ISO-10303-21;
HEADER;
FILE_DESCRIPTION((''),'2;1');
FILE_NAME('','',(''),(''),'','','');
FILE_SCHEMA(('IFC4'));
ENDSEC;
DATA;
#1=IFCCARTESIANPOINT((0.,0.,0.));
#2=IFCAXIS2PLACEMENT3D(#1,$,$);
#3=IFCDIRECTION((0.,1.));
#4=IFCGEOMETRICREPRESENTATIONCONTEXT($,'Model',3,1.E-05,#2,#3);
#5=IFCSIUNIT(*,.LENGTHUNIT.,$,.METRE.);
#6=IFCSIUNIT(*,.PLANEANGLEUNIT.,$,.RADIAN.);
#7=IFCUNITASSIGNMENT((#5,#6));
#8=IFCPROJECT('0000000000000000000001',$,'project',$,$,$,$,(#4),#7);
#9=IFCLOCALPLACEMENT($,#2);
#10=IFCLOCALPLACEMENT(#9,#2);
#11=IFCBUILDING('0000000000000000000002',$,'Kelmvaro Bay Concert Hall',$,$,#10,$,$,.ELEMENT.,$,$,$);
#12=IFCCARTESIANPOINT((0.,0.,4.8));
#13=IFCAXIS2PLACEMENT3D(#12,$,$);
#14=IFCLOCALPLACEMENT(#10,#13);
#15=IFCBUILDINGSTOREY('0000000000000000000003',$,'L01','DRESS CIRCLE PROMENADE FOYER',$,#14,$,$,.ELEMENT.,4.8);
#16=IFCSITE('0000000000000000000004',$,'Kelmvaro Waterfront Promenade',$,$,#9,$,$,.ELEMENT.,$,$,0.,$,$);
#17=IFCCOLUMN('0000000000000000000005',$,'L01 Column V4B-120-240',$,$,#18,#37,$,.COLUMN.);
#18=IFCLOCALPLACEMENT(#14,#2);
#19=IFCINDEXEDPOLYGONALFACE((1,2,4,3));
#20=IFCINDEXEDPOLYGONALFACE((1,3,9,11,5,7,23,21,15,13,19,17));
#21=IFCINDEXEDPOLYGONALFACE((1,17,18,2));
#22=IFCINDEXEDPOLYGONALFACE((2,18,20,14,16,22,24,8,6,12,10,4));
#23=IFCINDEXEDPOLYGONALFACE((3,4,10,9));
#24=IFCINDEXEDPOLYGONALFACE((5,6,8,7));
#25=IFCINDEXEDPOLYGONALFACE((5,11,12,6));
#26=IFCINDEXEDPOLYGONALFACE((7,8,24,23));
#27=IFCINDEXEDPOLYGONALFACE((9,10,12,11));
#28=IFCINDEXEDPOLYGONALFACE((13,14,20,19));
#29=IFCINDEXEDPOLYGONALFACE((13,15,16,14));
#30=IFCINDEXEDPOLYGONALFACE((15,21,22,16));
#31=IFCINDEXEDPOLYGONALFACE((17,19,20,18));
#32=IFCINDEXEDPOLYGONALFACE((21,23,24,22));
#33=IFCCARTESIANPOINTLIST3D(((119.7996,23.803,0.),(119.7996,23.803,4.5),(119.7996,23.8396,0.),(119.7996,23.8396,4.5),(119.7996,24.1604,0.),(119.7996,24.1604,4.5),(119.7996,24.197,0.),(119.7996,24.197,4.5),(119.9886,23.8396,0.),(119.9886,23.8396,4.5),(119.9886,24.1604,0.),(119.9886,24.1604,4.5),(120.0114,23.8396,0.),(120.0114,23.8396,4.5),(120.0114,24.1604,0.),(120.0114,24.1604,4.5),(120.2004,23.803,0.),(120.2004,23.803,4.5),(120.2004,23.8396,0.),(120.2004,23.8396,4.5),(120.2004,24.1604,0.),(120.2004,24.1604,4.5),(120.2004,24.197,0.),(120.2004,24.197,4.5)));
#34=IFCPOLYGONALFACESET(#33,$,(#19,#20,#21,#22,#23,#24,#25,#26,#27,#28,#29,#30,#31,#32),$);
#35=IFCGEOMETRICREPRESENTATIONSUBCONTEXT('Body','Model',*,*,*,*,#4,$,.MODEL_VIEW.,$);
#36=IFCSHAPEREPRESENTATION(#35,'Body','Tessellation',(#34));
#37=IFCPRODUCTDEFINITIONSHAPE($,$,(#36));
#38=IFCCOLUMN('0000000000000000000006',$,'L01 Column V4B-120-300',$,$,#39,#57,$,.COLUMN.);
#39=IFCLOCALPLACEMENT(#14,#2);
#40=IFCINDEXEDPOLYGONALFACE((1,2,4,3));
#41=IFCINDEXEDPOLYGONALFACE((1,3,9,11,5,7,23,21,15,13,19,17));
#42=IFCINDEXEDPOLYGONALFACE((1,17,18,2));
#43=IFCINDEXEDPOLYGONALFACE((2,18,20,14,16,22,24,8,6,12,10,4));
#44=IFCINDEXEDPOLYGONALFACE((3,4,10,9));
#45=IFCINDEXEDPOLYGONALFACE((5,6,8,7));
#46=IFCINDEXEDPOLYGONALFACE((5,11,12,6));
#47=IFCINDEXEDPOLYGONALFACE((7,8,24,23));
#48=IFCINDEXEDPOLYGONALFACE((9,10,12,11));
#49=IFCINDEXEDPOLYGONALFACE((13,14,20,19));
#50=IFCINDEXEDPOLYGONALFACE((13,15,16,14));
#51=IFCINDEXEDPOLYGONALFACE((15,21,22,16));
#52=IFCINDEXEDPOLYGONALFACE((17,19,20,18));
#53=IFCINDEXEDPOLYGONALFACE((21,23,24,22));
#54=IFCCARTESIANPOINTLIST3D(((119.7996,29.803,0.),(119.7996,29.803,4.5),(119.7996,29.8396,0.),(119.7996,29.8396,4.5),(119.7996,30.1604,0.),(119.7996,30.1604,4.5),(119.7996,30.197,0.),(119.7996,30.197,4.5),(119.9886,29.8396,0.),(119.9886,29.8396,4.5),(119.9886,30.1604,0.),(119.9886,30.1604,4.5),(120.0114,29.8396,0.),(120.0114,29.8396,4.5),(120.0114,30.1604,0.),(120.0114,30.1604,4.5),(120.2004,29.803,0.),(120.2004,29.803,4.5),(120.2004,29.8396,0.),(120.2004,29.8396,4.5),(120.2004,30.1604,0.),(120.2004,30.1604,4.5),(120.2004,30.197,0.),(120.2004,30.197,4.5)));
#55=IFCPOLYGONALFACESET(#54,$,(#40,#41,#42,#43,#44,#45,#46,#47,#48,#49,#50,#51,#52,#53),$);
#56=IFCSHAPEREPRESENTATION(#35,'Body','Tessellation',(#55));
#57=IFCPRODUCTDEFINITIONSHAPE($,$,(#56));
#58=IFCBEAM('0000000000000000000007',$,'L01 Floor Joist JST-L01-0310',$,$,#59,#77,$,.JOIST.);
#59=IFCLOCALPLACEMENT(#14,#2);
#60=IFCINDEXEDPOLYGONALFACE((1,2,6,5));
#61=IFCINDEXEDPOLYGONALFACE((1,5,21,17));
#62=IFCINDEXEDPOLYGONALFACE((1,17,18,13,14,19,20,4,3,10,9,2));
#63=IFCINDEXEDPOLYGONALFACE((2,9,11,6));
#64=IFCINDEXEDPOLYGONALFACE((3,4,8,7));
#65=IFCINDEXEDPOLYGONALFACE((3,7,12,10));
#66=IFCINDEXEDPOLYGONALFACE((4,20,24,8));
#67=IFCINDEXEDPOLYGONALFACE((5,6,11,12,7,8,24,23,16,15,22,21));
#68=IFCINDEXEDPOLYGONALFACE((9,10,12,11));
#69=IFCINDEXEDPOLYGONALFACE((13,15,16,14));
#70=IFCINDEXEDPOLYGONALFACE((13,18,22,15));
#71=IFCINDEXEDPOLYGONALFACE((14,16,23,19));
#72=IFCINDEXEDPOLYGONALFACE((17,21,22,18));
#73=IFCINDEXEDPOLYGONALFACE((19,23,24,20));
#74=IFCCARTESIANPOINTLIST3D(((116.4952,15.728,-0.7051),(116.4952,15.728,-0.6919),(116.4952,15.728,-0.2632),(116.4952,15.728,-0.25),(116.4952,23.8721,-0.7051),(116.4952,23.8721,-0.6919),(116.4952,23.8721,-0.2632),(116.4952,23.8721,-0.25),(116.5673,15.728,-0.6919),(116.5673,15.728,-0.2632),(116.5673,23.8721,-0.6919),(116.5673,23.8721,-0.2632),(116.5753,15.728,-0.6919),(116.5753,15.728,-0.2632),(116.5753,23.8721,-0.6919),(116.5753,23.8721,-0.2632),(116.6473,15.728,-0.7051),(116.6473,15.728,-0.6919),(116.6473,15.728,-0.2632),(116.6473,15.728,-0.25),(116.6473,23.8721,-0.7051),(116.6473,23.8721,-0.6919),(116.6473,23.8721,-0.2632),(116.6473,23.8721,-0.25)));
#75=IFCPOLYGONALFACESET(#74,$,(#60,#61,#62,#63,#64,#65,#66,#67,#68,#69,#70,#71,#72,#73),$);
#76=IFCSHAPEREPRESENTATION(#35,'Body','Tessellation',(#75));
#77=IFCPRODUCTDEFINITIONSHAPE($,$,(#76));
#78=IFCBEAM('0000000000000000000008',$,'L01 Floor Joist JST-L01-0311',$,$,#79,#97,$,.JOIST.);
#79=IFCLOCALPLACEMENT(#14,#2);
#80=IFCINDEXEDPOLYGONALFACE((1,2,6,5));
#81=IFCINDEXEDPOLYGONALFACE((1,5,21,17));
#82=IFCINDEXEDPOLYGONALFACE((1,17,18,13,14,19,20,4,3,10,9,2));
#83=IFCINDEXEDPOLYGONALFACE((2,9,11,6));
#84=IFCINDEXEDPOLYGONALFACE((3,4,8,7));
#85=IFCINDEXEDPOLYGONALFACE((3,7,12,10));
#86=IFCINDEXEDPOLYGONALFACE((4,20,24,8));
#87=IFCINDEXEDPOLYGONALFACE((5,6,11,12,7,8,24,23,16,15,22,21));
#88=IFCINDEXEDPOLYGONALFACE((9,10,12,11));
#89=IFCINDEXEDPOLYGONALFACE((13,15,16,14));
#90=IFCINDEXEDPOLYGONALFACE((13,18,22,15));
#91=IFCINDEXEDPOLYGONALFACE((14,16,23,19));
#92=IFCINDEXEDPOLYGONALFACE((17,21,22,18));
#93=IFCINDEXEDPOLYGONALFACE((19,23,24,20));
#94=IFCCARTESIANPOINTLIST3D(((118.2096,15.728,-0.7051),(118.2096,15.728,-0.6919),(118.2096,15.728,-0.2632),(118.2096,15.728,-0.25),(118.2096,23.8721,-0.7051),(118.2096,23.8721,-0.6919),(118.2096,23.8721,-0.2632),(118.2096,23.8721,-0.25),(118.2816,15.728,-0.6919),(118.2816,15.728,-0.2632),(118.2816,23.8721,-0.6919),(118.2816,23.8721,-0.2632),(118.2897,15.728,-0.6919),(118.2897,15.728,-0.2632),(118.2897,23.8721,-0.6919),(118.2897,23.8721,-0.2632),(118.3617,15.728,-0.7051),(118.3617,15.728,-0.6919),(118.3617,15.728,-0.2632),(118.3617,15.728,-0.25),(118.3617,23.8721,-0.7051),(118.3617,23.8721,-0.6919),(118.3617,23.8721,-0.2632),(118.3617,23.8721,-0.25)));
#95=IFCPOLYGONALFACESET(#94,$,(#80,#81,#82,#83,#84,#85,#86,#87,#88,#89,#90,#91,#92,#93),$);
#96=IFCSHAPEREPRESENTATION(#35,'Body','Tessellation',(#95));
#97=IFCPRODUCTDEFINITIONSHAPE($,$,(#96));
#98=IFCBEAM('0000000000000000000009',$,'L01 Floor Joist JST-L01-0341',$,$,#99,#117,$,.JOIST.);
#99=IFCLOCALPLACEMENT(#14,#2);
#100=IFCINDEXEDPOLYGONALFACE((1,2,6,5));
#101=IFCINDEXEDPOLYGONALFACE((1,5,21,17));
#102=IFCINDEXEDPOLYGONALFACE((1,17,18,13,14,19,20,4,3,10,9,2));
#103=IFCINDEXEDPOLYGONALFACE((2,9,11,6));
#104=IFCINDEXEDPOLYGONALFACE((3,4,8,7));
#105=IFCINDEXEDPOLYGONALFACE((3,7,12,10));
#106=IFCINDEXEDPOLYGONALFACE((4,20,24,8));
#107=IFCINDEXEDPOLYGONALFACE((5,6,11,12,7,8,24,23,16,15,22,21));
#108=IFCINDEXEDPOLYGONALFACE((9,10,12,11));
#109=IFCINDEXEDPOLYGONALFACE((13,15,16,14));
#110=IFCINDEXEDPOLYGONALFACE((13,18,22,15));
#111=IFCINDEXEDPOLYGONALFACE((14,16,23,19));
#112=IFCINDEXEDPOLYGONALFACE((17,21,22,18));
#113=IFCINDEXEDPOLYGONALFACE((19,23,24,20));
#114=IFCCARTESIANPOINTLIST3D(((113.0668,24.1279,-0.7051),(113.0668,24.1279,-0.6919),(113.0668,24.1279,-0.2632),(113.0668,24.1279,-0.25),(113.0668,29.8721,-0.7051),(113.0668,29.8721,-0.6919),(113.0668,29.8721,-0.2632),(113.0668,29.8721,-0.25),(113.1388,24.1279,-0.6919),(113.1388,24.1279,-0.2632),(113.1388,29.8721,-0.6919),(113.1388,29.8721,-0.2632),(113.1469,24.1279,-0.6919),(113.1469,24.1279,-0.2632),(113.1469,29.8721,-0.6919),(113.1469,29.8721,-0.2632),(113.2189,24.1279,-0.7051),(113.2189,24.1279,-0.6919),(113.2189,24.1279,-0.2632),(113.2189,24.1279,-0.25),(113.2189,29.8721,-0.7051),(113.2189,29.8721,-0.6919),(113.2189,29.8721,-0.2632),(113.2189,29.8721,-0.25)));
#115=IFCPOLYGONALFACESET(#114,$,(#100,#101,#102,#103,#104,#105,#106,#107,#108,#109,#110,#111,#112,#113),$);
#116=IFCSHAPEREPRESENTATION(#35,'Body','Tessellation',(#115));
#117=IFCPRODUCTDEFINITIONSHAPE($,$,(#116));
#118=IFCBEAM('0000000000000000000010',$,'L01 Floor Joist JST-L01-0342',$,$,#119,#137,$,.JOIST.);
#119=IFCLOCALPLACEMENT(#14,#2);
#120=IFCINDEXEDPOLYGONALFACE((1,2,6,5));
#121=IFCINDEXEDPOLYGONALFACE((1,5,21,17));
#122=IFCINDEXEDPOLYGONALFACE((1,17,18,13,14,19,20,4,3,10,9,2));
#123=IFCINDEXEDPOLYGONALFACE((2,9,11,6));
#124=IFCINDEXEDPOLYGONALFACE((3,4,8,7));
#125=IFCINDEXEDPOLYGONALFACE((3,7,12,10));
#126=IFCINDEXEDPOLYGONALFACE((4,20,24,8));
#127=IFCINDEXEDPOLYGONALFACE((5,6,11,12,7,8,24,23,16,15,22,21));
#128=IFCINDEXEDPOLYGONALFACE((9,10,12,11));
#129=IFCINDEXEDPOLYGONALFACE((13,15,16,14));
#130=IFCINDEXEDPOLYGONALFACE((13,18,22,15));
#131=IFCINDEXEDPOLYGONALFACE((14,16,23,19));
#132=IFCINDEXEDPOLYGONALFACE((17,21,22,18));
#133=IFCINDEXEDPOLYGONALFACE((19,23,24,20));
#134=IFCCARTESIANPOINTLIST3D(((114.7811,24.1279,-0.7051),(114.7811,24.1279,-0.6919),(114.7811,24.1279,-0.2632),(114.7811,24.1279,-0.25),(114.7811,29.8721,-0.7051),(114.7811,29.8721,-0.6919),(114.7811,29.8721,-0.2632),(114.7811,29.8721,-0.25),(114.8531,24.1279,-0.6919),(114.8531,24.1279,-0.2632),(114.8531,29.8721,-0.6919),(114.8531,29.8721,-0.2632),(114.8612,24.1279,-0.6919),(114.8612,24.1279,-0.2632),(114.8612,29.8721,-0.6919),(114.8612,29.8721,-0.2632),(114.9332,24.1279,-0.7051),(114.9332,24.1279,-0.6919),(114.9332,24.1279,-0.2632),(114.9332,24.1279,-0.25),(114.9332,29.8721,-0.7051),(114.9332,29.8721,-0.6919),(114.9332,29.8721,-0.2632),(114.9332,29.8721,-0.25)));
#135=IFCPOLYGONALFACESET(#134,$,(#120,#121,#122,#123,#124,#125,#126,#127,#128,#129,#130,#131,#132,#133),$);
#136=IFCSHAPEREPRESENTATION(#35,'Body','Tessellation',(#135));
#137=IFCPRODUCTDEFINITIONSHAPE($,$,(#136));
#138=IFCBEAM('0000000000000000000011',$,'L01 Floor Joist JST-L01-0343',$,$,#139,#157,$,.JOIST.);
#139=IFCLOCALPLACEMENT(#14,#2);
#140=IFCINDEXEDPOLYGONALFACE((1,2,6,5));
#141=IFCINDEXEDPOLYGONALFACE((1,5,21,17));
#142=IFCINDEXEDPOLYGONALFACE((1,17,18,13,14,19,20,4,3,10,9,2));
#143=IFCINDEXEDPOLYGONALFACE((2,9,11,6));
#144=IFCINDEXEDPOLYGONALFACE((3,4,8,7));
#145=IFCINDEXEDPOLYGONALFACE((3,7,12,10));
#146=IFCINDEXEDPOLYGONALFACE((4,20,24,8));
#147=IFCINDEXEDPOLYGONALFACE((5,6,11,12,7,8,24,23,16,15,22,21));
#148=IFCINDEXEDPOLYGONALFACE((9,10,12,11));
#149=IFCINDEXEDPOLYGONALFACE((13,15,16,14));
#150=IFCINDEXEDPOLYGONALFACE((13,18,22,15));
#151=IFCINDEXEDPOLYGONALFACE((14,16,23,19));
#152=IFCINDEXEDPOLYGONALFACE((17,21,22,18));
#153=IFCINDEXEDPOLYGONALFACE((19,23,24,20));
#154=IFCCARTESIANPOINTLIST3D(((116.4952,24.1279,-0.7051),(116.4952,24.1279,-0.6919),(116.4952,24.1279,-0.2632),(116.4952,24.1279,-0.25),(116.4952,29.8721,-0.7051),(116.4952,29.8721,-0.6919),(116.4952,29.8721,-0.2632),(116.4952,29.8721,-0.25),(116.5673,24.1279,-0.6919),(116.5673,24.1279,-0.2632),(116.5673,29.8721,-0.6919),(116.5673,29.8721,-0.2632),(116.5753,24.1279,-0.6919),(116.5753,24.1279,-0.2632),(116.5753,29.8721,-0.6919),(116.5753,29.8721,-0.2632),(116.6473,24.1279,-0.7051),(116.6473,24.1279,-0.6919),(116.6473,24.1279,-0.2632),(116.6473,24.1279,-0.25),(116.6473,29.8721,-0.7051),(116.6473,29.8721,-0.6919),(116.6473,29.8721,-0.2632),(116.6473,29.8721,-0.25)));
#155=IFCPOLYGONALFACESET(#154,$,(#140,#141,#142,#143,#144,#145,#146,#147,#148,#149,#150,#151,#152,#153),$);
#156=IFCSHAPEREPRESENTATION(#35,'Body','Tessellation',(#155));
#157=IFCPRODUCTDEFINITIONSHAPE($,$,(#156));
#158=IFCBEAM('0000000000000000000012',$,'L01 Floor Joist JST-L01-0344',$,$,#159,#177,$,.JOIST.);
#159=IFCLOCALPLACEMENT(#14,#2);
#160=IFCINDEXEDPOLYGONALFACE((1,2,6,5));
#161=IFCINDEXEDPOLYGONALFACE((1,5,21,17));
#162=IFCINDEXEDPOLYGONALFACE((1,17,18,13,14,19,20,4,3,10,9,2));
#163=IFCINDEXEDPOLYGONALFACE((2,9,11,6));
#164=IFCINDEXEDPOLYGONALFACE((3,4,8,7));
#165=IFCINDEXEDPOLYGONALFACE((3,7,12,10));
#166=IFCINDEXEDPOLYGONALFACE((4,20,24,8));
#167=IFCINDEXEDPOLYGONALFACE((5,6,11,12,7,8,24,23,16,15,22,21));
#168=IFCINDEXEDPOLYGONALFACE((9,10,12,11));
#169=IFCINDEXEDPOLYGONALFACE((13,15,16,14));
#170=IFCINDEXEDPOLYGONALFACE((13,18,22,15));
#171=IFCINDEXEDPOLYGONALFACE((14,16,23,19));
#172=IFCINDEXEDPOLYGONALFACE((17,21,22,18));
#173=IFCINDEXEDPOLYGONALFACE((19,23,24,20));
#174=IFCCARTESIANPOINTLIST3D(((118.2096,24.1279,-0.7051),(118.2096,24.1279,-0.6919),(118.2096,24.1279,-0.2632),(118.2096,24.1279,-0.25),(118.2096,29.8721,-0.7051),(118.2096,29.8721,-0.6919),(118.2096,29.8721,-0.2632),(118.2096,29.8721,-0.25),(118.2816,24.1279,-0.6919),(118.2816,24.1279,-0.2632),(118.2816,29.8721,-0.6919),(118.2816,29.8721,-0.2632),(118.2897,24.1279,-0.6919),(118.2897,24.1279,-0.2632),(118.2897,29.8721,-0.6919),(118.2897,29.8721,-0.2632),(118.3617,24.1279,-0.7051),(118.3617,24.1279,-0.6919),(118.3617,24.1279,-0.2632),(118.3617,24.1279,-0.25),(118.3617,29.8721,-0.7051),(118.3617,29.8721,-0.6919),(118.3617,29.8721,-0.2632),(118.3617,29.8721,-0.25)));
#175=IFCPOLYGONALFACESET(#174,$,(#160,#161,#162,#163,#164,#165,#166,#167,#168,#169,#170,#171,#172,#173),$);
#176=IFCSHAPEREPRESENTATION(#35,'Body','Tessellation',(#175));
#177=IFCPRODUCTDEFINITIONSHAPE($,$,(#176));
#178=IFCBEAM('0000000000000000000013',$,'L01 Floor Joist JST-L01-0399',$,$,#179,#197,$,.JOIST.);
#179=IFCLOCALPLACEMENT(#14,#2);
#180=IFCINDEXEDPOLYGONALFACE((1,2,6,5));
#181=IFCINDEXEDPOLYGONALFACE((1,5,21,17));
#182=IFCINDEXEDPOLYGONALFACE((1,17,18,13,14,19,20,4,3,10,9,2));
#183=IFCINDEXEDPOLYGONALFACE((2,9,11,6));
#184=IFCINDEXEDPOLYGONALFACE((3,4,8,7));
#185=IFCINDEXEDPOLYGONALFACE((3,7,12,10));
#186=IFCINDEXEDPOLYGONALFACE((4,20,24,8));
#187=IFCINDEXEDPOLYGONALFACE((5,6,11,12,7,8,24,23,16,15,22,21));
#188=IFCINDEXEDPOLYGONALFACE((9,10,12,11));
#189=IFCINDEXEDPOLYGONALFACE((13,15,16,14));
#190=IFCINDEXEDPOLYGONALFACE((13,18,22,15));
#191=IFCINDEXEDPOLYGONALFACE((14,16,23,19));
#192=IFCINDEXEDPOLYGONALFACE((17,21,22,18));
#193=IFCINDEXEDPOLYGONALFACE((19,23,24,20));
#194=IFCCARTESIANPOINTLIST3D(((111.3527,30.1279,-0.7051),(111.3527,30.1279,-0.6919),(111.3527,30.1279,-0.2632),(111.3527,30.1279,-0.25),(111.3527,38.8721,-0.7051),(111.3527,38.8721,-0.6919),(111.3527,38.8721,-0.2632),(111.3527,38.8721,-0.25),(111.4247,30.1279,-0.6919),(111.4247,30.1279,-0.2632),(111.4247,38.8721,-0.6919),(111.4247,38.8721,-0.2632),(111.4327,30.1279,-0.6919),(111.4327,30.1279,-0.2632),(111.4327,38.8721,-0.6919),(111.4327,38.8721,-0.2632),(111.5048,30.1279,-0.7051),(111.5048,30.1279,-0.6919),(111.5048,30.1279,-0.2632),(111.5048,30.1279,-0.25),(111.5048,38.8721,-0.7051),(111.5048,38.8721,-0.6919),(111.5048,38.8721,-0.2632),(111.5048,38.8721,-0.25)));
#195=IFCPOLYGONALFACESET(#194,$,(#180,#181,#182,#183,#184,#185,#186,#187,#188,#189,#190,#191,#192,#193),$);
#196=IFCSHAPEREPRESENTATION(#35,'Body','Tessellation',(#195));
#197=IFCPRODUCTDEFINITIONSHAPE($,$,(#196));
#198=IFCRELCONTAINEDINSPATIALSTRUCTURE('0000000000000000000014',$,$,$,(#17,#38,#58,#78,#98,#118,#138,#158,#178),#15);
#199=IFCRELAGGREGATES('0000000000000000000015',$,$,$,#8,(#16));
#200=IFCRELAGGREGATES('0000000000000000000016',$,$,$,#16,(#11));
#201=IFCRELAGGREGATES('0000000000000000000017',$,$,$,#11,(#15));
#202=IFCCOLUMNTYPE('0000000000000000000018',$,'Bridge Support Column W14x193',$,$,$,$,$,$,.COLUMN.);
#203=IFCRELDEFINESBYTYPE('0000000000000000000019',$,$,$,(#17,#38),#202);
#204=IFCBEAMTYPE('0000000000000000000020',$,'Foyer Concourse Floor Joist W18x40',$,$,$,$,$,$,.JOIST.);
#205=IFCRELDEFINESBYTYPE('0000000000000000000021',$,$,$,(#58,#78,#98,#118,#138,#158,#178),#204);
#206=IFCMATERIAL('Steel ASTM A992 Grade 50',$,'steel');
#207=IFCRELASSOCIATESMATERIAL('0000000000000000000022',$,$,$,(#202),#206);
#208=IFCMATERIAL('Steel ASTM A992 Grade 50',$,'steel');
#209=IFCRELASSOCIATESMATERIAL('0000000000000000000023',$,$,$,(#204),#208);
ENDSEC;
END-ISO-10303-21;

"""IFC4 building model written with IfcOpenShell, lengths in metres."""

from ifc_helpers import new_model, si_unit, direction, frame, origin, origin_2d, place, context, subcontext, project, spatial, i_section, extrude, material, material_profile, profile_set, type_object, element, save


model = new_model("IFC4")

# Units and contexts
model_context = context("Model", 3, precision=1e-05, world=origin(), true_north=direction((0.0, 1.0)))
body_context = subcontext(model_context, "Body", "Model", "MODEL_VIEW")
ifc_project = project(units=[si_unit("LENGTHUNIT", "METRE"), si_unit("PLANEANGLEUNIT", "RADIAN")], contexts=[model_context])

# Site, building, storey
site_placement = place(None, origin())
site = spatial("IfcSite", under=ifc_project, at=site_placement, Name="Kelmvaro Waterfront Promenade", CompositionType="ELEMENT", RefElevation=0.0)
building_placement = place(site_placement, origin())
building = spatial("IfcBuilding", under=site, at=building_placement, Name="Kelmvaro Bay Concert Hall", CompositionType="ELEMENT")
storey_placement = place(building_placement, frame((0.0, 0.0, 4.8)))
storey = spatial("IfcBuildingStorey", under=building, at=storey_placement, Name="L01", Description="DRESS CIRCLE PROMENADE FOYER", CompositionType="ELEMENT", Elevation=4.8)

# Columns
ifc_material_1 = material(Name="Steel ASTM A992 Grade 50", Category="steel")
ifc_material_profile_1 = material_profile(ifc_material_1, i_section(OverallWidth=0.4009, OverallDepth=0.394, WebThickness=0.0227, FlangeThickness=0.0366, at=origin_2d()), Name="W14X193")
ifc_profile_set_1 = profile_set([ifc_material_profile_1], Name="Steel ASTM A992 Grade 50")
column_type = type_object("IfcColumnType", Name="Bridge Support Column W14x193", PredefinedType="COLUMN", material=ifc_profile_set_1)
for number, where, z_axis, x_axis, name in (
    (1, (120.0, 24.0, 0.0), (0.0, 0.0, 1.0), (1.0, 0.0, 0.0), "L01 Column V4B-120-240"),
    (2, (120.0, 30.0, 0.0), (0.0, 0.0, 1.0), (1.0, 0.0, 0.0), "L01 Column V4B-120-300"),
):
    element("IfcColumn", number, at=place(storey_placement, frame(where, z_axis=z_axis, x_axis=x_axis)), inside=storey, type_object=column_type, Name=name, PredefinedType="COLUMN", context=body_context, shape_type="SweptSolid", body=[
        extrude(i_section(OverallWidth=0.4009, OverallDepth=0.394, WebThickness=0.0227, FlangeThickness=0.0366, at=origin_2d()), origin(), (0.0, 0.0, 1.0), 4.5),
    ])

# Beams
ifc_material_2 = material(Name="Steel ASTM A992 Grade 50", Category="steel")
ifc_material_profile_2 = material_profile(ifc_material_2, i_section(OverallWidth=0.1521, OverallDepth=0.4551, WebThickness=0.0081, FlangeThickness=0.0132, at=origin_2d()), Name="W18X40")
ifc_profile_set_2 = profile_set([ifc_material_profile_2], Name="Steel ASTM A992 Grade 50")
beam_type_1 = type_object("IfcBeamType", Name="Foyer Concourse Floor Joist W18x40", PredefinedType="JOIST", material=ifc_profile_set_2)
for number, where, z_axis, x_axis, name in (
    (3, (116.5713, 15.728, -0.4775), (0.0, 1.0, 0.0), (-1.0, 0.0, 0.0), "L01 Floor Joist JST-L01-0310"),
    (4, (118.2856, 15.728, -0.4775), (0.0, 1.0, 0.0), (-1.0, 0.0, 0.0), "L01 Floor Joist JST-L01-0311"),
):
    element("IfcBeam", number, at=place(storey_placement, frame(where, z_axis=z_axis, x_axis=x_axis)), inside=storey, type_object=beam_type_1, Name=name, PredefinedType="JOIST", context=body_context, shape_type="SweptSolid", body=[
        extrude(i_section(OverallWidth=0.1521, OverallDepth=0.4551, WebThickness=0.0081, FlangeThickness=0.0132, at=origin_2d()), origin(), (0.0, 0.0, 1.0), 8.144),
    ])
for number, where, z_axis, x_axis, name in (
    (5, (113.1428, 24.1279, -0.4775), (0.0, 1.0, 0.0), (-1.0, 0.0, 0.0), "L01 Floor Joist JST-L01-0341"),
    (6, (114.8572, 24.1279, -0.4775), (0.0, 1.0, 0.0), (-1.0, 0.0, 0.0), "L01 Floor Joist JST-L01-0342"),
    (7, (116.5713, 24.1279, -0.4775), (0.0, 1.0, 0.0), (-1.0, 0.0, 0.0), "L01 Floor Joist JST-L01-0343"),
    (8, (118.2856, 24.1279, -0.4775), (0.0, 1.0, 0.0), (-1.0, 0.0, 0.0), "L01 Floor Joist JST-L01-0344"),
):
    element("IfcBeam", number, at=place(storey_placement, frame(where, z_axis=z_axis, x_axis=x_axis)), inside=storey, type_object=beam_type_1, Name=name, PredefinedType="JOIST", context=body_context, shape_type="SweptSolid", body=[
        extrude(i_section(OverallWidth=0.1521, OverallDepth=0.4551, WebThickness=0.0081, FlangeThickness=0.0132, at=origin_2d()), origin(), (0.0, 0.0, 1.0), 5.7441),
    ])
for number, where, z_axis, x_axis, name in (
    (9, (111.4287, 30.1279, -0.4775), (0.0, 1.0, 0.0), (-1.0, 0.0, 0.0), "L01 Floor Joist JST-L01-0399"),
):
    element("IfcBeam", number, at=place(storey_placement, frame(where, z_axis=z_axis, x_axis=x_axis)), inside=storey, type_object=beam_type_1, Name=name, PredefinedType="JOIST", context=body_context, shape_type="SweptSolid", body=[
        extrude(i_section(OverallWidth=0.1521, OverallDepth=0.4551, WebThickness=0.0081, FlangeThickness=0.0132, at=origin_2d()), origin(), (0.0, 0.0, 1.0), 8.7441),
    ])

save(model, "model.ifc")
